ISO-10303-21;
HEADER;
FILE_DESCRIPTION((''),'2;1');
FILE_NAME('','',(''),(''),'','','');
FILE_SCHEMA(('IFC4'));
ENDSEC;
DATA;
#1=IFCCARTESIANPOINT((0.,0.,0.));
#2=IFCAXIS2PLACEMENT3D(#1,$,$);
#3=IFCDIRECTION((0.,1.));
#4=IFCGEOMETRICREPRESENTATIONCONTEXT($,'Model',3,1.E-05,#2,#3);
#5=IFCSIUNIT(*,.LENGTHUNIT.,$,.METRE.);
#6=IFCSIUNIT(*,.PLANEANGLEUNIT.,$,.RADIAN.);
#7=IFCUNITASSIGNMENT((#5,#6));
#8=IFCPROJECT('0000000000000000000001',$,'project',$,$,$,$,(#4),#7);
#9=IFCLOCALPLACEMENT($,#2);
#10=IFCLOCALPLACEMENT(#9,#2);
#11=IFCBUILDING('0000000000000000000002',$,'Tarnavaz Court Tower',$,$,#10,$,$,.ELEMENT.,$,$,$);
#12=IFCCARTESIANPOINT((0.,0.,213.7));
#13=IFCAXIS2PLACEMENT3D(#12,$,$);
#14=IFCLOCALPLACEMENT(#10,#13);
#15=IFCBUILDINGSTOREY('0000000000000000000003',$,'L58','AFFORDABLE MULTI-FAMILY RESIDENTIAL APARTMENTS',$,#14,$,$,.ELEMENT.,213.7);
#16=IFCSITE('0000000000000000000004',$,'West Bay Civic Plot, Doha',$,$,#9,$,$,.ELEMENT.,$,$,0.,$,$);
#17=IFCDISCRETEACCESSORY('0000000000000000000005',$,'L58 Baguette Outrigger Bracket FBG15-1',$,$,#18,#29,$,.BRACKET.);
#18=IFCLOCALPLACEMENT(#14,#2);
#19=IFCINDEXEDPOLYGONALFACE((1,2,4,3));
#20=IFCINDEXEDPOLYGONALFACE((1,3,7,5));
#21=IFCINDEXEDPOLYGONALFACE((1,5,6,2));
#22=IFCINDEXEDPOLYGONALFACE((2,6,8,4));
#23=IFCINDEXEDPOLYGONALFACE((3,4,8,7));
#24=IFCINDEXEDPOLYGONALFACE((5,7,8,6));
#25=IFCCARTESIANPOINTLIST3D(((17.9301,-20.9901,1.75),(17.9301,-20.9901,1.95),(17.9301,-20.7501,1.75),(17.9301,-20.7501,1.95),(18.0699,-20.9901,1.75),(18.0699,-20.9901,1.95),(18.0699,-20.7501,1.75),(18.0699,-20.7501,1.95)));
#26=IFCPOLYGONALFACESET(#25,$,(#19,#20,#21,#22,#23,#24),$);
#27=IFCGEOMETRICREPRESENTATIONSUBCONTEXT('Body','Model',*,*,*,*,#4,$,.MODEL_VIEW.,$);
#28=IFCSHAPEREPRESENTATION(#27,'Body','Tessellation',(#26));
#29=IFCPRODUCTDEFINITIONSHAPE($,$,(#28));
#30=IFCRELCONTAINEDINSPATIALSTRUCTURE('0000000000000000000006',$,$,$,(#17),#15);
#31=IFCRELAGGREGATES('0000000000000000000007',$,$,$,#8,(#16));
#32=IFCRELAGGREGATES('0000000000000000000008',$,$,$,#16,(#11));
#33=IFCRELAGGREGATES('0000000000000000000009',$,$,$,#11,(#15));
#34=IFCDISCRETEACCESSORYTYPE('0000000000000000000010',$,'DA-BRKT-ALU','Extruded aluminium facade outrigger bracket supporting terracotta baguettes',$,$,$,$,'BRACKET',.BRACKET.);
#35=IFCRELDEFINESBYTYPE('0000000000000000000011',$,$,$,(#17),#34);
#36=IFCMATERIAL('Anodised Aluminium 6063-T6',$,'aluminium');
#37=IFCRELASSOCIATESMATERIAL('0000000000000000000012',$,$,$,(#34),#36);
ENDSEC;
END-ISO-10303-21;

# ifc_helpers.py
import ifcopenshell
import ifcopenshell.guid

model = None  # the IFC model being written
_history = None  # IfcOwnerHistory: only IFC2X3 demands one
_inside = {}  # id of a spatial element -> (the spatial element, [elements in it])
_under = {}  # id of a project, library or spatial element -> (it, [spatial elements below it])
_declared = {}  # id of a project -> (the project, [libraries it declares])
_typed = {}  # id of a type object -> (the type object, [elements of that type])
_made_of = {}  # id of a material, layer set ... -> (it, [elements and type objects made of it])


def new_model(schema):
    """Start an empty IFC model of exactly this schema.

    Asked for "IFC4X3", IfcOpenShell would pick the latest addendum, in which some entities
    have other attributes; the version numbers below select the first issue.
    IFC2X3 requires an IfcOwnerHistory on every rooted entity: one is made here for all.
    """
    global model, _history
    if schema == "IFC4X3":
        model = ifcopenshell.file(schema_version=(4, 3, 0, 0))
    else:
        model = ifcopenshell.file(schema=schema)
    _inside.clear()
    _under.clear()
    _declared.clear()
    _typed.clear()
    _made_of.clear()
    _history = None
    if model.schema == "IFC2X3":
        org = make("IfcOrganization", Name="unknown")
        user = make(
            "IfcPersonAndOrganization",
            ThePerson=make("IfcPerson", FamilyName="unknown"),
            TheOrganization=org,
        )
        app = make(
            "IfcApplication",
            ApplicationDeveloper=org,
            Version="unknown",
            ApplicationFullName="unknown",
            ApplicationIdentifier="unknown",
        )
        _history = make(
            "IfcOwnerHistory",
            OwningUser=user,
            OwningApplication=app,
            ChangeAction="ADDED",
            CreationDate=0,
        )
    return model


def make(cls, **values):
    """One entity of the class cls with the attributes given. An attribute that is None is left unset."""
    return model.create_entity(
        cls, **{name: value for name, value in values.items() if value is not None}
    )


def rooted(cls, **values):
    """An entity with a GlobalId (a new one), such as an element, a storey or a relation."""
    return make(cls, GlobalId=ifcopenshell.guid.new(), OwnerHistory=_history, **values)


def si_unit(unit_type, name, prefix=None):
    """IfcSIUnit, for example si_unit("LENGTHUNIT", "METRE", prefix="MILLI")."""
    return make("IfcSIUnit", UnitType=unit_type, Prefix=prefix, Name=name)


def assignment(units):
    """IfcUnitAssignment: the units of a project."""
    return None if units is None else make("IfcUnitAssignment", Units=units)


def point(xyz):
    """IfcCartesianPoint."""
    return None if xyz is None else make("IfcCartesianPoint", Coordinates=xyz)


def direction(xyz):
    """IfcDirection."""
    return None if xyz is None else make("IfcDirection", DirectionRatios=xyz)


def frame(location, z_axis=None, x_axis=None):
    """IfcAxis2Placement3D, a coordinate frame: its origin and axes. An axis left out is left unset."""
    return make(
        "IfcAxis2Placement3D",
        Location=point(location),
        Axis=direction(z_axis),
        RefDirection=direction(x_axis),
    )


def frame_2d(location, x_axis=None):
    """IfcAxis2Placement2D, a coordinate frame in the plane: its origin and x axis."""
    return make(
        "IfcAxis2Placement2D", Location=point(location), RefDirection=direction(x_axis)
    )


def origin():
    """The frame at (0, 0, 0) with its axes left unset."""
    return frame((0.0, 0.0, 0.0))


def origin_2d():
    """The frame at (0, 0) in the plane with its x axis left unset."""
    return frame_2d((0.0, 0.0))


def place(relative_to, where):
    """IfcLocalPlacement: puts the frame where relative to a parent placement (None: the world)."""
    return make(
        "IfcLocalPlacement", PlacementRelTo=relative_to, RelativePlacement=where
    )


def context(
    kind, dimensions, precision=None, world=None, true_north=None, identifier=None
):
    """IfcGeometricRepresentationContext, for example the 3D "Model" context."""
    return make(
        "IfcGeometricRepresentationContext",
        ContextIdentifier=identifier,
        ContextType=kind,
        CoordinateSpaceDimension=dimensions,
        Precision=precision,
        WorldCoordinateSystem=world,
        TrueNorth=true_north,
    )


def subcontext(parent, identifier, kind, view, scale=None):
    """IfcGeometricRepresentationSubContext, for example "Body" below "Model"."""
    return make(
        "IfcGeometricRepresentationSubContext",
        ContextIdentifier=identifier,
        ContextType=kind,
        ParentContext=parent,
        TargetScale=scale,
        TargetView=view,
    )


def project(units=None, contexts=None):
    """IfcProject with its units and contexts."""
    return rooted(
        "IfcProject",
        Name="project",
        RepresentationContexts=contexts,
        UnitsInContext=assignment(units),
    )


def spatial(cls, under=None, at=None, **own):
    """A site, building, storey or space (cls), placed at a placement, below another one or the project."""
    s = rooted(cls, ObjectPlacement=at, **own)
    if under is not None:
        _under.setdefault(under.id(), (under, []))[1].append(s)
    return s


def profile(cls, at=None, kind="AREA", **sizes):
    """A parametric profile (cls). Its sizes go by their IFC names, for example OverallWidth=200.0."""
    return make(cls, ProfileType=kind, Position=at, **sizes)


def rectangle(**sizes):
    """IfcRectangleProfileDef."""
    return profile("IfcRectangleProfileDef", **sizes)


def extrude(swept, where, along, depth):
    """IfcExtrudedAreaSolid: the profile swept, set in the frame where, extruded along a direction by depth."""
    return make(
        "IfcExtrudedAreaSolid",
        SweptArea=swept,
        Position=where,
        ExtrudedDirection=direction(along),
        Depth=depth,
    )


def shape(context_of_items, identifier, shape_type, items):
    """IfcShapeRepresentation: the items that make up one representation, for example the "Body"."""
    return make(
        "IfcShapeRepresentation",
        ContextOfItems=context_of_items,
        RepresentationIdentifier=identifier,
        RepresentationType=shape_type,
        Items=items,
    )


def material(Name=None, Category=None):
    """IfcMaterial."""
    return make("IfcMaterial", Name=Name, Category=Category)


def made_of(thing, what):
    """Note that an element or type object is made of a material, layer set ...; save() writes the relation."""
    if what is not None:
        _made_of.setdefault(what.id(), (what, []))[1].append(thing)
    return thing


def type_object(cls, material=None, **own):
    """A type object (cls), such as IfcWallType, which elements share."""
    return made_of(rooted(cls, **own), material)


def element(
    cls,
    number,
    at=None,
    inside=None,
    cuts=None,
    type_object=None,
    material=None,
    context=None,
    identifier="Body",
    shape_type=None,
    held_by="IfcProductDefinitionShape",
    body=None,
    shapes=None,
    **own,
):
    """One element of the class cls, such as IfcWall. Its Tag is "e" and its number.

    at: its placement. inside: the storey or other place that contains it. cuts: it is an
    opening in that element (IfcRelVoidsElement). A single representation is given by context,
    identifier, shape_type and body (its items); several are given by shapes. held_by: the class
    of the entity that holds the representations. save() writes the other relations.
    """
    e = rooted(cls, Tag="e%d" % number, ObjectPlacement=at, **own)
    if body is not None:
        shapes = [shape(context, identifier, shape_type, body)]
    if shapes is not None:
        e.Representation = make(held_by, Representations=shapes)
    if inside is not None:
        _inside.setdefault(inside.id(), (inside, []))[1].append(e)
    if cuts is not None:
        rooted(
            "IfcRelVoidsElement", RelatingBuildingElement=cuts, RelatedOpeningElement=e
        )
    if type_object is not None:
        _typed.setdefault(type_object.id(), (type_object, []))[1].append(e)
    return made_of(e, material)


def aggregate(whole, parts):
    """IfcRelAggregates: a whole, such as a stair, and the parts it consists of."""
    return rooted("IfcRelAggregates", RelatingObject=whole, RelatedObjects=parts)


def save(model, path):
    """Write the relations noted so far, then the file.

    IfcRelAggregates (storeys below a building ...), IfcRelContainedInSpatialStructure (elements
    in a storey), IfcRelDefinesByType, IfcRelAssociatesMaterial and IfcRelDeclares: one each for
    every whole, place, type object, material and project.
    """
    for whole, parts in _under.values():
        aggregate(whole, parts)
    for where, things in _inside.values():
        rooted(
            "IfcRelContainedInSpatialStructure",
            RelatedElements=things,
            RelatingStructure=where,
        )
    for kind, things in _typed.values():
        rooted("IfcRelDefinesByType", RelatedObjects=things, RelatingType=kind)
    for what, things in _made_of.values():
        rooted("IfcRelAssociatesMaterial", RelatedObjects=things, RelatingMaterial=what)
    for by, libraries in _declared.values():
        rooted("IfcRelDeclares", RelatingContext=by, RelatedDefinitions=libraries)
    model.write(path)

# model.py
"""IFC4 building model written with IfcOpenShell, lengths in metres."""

from ifc_helpers import new_model, si_unit, direction, frame, origin, origin_2d, place, context, subcontext, project, spatial, rectangle, extrude, material, type_object, element, save


model = new_model("IFC4")

# Units and contexts
model_context = context("Model", 3, precision=1e-05, world=origin(), true_north=direction((0.0, 1.0)))
body_context = subcontext(model_context, "Body", "Model", "MODEL_VIEW")
ifc_project = project(units=[si_unit("LENGTHUNIT", "METRE"), si_unit("PLANEANGLEUNIT", "RADIAN")], contexts=[model_context])

# Site, building, storey
site_placement = place(None, origin())
site = spatial("IfcSite", under=ifc_project, at=site_placement, Name="West Bay Civic Plot, Doha", CompositionType="ELEMENT", RefElevation=0.0)
building_placement = place(site_placement, origin())
building = spatial("IfcBuilding", under=site, at=building_placement, Name="Tarnavaz Court Tower", CompositionType="ELEMENT")
storey_placement = place(building_placement, frame((0.0, 0.0, 213.7)))
storey = spatial("IfcBuildingStorey", under=building, at=storey_placement, Name="L58", Description="AFFORDABLE MULTI-FAMILY RESIDENTIAL APARTMENTS", CompositionType="ELEMENT", Elevation=213.7)

# Discrete accessory
ifc_material_1 = material(Name="Anodised Aluminium 6063-T6", Category="aluminium")
discrete_accessory_type = type_object("IfcDiscreteAccessoryType", Name="DA-BRKT-ALU", Description="Extruded aluminium facade outrigger bracket supporting terracotta baguettes", ElementType="BRACKET", PredefinedType="BRACKET", material=ifc_material_1)
for number, where, z_axis, x_axis, name in (
    (1, (18.0, -20.8701, 1.75), (0.0, 0.0, 1.0), (-1.0, 0.0, 0.0), "L58 Baguette Outrigger Bracket FBG15-1"),
):
    element("IfcDiscreteAccessory", number, at=place(storey_placement, frame(where, z_axis=z_axis, x_axis=x_axis)), inside=storey, type_object=discrete_accessory_type, Name=name, PredefinedType="BRACKET", context=body_context, shape_type="SweptSolid", body=[
        extrude(rectangle(XDim=0.1399, YDim=0.24, at=origin_2d()), origin(), (0.0, 0.0, 1.0), 0.2),
    ])

save(model, "model.ifc")
